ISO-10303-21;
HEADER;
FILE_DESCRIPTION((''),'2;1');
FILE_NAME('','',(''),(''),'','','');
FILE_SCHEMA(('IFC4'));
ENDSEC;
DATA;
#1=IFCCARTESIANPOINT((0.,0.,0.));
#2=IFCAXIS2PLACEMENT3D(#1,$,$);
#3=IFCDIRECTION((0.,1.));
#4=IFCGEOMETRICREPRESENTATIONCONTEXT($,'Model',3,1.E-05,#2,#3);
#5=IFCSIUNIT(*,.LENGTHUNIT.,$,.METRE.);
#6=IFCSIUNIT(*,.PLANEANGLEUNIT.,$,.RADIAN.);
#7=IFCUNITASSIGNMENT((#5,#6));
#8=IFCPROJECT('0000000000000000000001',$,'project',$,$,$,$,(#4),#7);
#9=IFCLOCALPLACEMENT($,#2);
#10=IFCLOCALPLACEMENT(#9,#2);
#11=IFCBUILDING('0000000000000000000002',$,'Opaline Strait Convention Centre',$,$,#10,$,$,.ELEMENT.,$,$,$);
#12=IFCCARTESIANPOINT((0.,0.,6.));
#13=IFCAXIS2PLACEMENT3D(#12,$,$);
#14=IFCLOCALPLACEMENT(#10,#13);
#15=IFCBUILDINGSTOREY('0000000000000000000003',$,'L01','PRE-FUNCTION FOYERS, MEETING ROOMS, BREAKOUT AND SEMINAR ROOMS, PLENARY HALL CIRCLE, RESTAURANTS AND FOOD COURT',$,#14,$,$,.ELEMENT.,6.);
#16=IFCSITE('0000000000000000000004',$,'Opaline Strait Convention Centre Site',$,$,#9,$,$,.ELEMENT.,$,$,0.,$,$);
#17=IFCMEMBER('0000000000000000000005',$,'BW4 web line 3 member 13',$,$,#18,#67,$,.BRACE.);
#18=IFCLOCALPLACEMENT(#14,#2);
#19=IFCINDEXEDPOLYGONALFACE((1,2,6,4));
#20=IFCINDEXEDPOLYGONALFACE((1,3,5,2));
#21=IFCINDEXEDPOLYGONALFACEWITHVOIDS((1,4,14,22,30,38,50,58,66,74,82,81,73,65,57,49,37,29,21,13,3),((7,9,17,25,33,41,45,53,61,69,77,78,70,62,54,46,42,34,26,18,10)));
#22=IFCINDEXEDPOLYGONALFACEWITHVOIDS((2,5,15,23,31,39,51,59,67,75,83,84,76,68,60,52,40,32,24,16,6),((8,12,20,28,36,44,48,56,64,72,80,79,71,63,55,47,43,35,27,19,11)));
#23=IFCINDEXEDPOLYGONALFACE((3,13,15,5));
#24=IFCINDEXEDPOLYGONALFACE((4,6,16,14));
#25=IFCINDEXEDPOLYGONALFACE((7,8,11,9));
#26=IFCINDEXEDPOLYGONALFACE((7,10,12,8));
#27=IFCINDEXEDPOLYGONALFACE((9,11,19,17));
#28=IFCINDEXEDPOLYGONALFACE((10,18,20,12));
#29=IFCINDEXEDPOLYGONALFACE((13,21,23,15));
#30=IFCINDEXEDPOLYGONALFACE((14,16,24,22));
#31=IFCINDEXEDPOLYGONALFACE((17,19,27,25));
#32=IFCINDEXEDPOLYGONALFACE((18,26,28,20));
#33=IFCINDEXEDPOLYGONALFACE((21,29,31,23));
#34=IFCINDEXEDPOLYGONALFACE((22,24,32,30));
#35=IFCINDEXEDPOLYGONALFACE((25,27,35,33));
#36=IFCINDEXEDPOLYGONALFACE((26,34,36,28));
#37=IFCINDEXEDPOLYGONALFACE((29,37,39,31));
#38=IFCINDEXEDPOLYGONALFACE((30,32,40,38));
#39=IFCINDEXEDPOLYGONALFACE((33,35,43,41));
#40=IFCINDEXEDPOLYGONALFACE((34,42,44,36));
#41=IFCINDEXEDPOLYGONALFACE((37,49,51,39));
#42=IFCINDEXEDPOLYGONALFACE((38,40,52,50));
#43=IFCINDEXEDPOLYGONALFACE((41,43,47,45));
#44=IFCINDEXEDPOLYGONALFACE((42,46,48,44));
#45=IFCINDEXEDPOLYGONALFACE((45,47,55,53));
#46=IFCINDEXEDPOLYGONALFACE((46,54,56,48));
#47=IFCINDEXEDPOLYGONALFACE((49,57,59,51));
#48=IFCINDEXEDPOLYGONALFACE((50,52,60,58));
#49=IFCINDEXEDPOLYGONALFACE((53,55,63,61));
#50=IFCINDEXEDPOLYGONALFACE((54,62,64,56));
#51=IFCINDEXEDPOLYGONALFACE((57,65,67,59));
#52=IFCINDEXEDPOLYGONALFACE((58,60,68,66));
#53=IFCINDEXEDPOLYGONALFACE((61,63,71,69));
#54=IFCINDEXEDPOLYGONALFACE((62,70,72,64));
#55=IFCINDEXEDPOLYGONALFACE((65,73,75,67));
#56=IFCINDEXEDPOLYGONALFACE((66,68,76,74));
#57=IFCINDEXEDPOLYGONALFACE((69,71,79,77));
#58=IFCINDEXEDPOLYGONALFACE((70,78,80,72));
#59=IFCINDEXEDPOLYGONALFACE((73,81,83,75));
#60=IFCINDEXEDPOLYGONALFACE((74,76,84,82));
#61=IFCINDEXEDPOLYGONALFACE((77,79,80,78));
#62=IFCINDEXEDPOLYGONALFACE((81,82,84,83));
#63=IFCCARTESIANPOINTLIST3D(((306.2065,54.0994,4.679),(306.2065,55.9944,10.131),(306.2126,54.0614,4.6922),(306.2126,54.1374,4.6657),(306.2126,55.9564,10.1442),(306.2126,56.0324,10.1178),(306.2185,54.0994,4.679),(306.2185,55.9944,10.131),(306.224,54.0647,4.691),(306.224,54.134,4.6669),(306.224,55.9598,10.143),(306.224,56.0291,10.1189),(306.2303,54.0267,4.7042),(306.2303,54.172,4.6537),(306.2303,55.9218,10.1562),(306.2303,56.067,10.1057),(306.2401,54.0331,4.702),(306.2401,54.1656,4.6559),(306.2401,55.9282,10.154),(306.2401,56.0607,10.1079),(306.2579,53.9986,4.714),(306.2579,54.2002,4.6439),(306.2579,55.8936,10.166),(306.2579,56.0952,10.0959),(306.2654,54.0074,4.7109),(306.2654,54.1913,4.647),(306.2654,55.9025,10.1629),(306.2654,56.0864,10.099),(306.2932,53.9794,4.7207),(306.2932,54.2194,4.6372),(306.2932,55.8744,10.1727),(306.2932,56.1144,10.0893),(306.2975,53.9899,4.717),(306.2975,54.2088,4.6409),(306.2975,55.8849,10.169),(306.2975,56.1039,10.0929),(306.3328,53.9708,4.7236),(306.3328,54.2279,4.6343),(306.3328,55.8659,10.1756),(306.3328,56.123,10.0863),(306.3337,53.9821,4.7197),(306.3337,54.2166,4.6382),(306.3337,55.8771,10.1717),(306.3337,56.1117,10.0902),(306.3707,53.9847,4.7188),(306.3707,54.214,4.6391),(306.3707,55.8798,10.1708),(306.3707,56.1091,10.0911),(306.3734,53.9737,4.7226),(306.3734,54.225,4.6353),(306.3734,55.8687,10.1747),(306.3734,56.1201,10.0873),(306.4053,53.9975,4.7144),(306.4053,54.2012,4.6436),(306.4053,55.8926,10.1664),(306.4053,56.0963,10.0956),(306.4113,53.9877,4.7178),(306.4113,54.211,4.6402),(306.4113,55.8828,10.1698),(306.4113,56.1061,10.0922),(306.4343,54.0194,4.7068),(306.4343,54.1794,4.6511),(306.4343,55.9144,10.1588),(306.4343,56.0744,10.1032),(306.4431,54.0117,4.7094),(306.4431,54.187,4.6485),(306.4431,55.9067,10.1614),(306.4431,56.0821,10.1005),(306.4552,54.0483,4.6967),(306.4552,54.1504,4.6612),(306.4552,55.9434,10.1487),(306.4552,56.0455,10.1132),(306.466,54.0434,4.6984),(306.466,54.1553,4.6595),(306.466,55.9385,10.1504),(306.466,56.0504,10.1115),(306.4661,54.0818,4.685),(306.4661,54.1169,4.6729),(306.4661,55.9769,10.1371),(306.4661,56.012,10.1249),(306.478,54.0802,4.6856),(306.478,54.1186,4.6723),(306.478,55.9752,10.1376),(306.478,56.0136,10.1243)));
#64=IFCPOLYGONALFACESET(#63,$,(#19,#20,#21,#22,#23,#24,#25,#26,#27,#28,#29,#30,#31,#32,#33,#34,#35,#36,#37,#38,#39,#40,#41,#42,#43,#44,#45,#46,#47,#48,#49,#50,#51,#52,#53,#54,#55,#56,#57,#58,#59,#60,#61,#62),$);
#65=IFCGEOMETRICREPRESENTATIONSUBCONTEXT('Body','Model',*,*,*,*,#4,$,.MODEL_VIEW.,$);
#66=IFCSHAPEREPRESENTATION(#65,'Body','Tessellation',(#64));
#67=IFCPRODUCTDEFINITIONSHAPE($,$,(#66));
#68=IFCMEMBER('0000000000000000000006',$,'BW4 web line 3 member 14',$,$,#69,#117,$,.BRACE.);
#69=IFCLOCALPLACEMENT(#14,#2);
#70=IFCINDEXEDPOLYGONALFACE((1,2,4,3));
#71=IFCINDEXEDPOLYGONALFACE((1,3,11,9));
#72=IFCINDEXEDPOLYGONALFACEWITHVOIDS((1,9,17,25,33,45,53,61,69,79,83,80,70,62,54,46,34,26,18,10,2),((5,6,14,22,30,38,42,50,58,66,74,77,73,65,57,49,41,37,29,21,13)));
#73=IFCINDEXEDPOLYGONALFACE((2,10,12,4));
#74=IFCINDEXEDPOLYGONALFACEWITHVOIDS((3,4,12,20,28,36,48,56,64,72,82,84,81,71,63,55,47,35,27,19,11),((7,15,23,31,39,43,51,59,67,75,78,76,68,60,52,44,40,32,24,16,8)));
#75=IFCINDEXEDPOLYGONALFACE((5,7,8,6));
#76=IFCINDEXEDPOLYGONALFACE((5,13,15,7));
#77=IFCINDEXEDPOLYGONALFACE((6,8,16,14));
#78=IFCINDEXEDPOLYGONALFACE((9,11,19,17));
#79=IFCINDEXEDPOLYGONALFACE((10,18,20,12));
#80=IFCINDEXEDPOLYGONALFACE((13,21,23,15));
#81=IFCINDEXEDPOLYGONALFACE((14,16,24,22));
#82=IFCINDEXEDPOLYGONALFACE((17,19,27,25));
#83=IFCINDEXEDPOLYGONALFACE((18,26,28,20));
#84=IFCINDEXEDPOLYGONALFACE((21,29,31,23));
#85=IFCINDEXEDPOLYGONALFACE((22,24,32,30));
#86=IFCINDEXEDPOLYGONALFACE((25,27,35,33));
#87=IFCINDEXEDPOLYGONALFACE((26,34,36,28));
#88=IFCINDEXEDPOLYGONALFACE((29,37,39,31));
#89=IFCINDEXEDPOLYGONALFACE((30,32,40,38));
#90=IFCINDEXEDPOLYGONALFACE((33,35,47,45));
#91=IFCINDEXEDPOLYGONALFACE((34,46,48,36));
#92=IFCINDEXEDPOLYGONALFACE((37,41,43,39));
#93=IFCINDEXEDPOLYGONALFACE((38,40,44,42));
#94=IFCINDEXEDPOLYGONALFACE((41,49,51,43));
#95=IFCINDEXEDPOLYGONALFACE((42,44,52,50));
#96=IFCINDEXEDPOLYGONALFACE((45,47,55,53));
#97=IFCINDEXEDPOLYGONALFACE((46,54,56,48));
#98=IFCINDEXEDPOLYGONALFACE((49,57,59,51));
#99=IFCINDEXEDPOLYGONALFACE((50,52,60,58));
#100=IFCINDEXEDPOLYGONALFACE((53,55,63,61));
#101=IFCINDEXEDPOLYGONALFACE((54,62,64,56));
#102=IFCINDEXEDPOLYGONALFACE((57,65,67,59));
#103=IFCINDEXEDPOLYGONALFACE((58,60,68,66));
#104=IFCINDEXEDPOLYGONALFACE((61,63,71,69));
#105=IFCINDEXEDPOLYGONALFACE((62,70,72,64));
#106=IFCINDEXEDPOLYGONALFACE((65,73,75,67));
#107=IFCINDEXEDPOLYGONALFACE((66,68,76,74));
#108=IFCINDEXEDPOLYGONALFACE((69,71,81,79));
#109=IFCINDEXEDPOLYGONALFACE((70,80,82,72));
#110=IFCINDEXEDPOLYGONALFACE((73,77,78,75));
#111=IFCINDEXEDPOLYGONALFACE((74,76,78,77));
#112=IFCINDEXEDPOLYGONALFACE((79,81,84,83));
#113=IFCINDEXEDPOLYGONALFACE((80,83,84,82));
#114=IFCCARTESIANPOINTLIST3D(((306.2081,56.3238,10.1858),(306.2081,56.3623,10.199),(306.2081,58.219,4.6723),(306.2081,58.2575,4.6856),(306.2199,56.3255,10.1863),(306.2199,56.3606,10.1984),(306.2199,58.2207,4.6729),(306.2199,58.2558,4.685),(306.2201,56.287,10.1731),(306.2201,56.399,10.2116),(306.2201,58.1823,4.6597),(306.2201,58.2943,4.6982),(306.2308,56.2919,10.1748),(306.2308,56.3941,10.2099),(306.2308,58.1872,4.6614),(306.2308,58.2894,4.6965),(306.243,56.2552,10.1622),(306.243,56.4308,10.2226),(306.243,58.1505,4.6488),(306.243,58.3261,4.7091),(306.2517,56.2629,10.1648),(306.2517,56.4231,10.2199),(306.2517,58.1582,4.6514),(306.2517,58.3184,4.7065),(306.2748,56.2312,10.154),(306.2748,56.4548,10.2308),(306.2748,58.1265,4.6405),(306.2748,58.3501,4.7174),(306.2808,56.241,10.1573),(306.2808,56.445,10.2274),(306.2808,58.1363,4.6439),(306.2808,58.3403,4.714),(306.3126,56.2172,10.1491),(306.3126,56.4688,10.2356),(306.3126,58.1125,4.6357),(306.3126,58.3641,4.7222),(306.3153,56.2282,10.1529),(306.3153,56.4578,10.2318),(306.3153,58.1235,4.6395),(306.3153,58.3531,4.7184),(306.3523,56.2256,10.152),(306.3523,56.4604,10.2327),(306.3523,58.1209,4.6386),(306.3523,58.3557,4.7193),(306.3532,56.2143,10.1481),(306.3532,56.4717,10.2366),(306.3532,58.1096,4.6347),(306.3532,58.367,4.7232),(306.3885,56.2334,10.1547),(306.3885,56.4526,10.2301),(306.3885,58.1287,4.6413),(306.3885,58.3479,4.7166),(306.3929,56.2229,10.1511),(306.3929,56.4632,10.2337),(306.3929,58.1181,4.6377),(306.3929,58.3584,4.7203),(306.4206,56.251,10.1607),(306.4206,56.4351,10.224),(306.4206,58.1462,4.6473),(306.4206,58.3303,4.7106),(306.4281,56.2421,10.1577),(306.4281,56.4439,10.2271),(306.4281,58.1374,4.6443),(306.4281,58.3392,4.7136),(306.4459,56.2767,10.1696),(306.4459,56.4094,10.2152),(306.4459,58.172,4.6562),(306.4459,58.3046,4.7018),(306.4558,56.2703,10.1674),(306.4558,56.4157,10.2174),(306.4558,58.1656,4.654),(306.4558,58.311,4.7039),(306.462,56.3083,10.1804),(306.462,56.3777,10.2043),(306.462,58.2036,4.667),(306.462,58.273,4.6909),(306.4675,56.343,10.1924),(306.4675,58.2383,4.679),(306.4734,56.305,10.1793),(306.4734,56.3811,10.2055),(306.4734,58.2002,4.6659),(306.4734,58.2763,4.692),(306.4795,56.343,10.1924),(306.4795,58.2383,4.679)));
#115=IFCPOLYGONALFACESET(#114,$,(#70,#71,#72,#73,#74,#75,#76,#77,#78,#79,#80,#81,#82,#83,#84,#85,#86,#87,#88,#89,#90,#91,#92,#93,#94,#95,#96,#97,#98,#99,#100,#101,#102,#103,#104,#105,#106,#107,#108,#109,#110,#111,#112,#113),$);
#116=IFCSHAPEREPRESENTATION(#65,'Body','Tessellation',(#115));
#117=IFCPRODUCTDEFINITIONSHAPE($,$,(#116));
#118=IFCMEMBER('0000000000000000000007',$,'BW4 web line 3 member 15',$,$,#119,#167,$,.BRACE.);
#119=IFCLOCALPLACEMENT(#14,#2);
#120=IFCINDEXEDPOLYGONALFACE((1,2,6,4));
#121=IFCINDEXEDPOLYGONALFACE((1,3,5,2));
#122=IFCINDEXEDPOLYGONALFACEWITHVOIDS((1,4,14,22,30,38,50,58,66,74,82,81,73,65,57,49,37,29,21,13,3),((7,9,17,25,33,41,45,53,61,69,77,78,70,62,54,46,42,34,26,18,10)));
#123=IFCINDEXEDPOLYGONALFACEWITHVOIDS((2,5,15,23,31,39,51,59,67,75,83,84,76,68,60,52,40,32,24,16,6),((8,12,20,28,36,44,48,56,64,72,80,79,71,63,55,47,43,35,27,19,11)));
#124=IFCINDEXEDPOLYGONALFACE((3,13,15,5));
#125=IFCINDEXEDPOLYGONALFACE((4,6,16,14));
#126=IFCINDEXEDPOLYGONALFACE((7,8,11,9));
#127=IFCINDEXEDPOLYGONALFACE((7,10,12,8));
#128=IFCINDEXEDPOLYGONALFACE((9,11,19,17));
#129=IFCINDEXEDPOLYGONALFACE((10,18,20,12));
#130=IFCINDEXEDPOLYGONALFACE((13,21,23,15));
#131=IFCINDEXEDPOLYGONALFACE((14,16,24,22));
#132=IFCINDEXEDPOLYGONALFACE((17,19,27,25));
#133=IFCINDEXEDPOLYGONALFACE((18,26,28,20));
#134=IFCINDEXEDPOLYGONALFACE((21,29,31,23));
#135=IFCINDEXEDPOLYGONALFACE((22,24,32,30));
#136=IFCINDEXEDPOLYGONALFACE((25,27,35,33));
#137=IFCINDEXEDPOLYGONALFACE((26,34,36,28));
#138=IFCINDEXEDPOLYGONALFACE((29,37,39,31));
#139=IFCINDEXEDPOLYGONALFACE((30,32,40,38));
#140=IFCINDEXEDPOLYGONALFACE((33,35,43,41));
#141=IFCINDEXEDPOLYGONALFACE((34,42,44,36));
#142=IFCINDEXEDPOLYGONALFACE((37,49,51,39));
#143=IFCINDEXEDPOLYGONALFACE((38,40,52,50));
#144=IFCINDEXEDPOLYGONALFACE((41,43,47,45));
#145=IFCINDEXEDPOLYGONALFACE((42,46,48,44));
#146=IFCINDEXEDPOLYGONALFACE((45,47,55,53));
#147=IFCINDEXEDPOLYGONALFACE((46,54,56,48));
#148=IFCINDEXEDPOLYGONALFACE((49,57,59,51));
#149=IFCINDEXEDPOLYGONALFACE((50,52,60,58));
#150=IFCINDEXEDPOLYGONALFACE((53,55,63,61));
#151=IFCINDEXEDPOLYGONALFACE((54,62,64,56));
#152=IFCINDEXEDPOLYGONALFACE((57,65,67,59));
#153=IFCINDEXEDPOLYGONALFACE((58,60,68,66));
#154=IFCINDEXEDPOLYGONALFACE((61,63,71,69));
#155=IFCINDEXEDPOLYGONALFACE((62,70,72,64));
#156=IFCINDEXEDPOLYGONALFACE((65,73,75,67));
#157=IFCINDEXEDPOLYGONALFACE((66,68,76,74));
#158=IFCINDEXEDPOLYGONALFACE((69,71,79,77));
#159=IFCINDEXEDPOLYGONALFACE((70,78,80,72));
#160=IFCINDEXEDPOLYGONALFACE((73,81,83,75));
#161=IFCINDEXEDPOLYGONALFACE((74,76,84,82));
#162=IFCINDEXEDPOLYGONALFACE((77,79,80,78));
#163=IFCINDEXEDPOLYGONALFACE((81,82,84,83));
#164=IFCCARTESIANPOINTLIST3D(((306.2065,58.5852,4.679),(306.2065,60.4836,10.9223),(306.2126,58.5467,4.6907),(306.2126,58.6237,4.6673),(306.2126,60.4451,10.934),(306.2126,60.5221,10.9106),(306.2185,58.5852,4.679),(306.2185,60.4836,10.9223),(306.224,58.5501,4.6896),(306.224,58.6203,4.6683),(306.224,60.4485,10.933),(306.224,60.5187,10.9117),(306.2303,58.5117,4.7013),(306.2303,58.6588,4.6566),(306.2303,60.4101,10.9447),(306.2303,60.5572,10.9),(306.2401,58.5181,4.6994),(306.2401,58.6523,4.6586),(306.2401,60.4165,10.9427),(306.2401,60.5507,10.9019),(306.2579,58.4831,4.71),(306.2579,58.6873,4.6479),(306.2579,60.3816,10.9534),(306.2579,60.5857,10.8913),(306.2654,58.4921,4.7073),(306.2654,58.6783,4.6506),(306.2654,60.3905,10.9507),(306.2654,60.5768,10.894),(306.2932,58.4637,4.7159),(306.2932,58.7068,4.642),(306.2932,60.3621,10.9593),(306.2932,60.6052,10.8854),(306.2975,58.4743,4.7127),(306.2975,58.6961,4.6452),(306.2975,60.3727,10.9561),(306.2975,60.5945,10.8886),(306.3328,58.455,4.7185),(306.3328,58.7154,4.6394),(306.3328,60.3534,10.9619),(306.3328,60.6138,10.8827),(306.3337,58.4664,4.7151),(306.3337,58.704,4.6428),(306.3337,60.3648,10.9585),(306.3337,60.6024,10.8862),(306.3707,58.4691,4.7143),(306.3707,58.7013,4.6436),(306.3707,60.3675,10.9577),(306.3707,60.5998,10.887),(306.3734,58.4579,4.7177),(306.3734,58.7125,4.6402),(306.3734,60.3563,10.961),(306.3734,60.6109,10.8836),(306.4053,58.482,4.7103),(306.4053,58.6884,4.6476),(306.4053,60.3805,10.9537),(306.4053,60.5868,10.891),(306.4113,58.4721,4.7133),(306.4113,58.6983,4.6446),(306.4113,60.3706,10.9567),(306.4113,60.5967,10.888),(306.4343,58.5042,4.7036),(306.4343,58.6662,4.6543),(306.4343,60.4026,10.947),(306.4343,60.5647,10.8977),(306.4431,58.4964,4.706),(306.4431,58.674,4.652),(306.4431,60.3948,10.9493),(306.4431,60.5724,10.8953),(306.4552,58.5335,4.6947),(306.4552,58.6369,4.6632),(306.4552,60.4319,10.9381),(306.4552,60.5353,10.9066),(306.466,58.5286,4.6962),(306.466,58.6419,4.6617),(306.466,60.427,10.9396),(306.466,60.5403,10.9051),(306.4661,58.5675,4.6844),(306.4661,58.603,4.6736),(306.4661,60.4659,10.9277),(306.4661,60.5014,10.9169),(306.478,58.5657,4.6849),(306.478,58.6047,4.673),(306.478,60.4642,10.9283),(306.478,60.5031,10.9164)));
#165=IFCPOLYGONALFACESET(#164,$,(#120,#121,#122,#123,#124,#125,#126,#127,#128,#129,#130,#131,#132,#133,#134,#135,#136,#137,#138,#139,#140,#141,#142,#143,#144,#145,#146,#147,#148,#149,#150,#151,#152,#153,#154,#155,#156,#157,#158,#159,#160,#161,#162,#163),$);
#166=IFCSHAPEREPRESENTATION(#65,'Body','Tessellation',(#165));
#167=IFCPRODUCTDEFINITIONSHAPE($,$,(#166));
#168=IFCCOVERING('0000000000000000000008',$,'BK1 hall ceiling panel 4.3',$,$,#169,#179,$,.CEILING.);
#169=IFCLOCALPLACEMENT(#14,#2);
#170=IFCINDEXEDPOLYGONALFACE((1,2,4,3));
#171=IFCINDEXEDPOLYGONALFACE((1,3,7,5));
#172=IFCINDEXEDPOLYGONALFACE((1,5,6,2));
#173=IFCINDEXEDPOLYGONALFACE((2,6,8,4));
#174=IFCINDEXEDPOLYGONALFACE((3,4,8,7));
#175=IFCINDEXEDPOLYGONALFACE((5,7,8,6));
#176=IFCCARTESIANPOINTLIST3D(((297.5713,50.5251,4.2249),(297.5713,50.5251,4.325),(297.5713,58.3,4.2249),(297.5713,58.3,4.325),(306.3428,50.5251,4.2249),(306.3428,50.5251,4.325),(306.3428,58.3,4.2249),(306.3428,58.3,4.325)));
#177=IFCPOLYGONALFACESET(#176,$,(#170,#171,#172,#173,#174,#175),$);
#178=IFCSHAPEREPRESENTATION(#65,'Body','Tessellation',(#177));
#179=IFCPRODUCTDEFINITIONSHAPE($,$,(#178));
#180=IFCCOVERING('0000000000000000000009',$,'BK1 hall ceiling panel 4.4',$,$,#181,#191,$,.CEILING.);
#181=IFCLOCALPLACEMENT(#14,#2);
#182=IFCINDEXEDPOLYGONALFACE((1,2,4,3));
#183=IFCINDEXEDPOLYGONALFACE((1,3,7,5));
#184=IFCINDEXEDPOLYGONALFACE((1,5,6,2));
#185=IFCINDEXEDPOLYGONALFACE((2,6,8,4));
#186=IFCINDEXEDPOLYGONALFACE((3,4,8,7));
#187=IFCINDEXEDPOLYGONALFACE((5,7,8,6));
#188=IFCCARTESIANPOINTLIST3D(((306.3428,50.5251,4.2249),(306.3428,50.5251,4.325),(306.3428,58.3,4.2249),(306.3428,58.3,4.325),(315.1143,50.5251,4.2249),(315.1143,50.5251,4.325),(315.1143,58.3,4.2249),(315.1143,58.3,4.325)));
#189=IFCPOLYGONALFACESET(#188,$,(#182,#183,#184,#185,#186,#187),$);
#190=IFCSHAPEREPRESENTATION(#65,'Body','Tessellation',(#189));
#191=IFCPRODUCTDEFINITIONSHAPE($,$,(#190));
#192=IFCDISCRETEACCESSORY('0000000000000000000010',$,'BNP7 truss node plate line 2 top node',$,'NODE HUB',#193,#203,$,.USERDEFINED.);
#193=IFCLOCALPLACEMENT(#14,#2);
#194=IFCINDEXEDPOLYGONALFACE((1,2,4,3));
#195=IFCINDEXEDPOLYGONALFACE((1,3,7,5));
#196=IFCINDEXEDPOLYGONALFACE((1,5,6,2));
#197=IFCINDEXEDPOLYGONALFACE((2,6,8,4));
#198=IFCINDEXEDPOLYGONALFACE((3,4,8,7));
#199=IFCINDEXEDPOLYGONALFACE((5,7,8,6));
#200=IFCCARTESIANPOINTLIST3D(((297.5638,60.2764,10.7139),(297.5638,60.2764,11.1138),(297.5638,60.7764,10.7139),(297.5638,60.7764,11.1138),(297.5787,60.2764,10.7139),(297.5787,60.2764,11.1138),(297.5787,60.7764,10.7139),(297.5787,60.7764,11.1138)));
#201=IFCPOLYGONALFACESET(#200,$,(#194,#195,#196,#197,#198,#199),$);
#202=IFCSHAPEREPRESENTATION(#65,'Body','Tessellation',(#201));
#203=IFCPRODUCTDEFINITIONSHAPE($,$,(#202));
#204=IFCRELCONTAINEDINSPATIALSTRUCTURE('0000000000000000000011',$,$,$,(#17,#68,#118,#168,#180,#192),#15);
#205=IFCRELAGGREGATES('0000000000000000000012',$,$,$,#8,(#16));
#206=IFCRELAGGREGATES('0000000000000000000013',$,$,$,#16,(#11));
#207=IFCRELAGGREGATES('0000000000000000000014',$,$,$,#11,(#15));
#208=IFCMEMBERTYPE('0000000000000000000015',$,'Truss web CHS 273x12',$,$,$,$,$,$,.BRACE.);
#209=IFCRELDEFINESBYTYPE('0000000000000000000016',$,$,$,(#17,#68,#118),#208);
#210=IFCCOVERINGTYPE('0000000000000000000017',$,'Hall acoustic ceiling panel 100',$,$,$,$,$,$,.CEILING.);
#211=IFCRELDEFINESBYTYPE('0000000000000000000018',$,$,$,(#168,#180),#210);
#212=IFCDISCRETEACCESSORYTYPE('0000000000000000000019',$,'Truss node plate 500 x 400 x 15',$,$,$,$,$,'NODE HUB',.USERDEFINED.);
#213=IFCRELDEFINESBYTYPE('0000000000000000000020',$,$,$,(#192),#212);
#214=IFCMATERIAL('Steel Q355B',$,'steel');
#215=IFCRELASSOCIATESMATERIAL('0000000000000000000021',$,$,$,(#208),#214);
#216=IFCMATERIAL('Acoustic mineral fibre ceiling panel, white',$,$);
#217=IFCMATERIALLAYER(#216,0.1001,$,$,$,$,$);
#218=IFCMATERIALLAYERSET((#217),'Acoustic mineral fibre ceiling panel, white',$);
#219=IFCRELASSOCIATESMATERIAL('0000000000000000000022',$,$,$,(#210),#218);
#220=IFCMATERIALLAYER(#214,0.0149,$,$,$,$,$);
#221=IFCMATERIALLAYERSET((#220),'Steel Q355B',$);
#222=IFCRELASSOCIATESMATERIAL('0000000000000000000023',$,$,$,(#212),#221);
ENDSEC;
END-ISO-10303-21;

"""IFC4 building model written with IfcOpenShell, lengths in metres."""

from ifc_helpers import new_model, si_unit, direction, frame, origin, origin_2d, place, context, subcontext, project, spatial, rectangle, hollow_circle, extrude, material, layer, layer_set, material_profile, profile_set, type_object, element, save


model = new_model("IFC4")

# Units and contexts
model_context = context("Model", 3, precision=1e-05, world=origin(), true_north=direction((0.0, 1.0)))
body_context = subcontext(model_context, "Body", "Model", "MODEL_VIEW")
ifc_project = project(units=[si_unit("LENGTHUNIT", "METRE"), si_unit("PLANEANGLEUNIT", "RADIAN")], contexts=[model_context])

# Site, building, storey
site_placement = place(None, origin())
site = spatial("IfcSite", under=ifc_project, at=site_placement, Name="Opaline Strait Convention Centre Site", CompositionType="ELEMENT", RefElevation=0.0)
building_placement = place(site_placement, origin())
building = spatial("IfcBuilding", under=site, at=building_placement, Name="Opaline Strait Convention Centre", CompositionType="ELEMENT")
storey_placement = place(building_placement, frame((0.0, 0.0, 6.0)))
storey = spatial("IfcBuildingStorey", under=building, at=storey_placement, Name="L01", Description="PRE-FUNCTION FOYERS, MEETING ROOMS, BREAKOUT AND SEMINAR ROOMS, PLENARY HALL CIRCLE, RESTAURANTS AND FOOD COURT", CompositionType="ELEMENT", Elevation=6.0)

# Members
ifc_material_1 = material(Name="Steel Q355B", Category="steel")
ifc_material_profile_1 = material_profile(ifc_material_1, hollow_circle(Radius=0.1365, WallThickness=0.012, at=origin_2d()), Name="CHS 273x12")
ifc_profile_set_1 = profile_set([ifc_material_profile_1], Name="Steel Q355B")
member_type_1 = type_object("IfcMemberType", Name="Truss web CHS 273x12", PredefinedType="BRACE", material=ifc_profile_set_1)
member_1_placement = place(storey_placement, frame((306.343, 54.0994, 4.679), z_axis=(0.0, 0.32832, 0.944566), x_axis=(-1.0, 0.0, 0.0)))
element("IfcMember", 1, at=member_1_placement, inside=storey, type_object=member_type_1, Name="BW4 web line 3 member 13", PredefinedType="BRACE", context=body_context, shape_type="SweptSolid", body=[
    extrude(hollow_circle(Radius=0.1365, WallThickness=0.012, at=origin_2d()), origin(), (0.0, 0.0, 1.0), 5.772),
])
member_2_placement = place(storey_placement, frame((306.343, 58.2383, 4.679), z_axis=(0.0, -0.325083, 0.945685), x_axis=(1.0, 0.0, 0.0)))
element("IfcMember", 2, at=member_2_placement, inside=storey, type_object=member_type_1, Name="BW4 web line 3 member 14", PredefinedType="BRACE", context=body_context, shape_type="SweptSolid", body=[
    extrude(hollow_circle(Radius=0.1365, WallThickness=0.012, at=origin_2d()), origin(), (0.0, 0.0, 1.0), 5.8301),
])
member_3_placement = place(storey_placement, frame((306.343, 58.5852, 4.679), z_axis=(0.0, 0.290919, 0.956748), x_axis=(-1.0, 0.0, 0.0)))
element("IfcMember", 3, at=member_3_placement, inside=storey, type_object=member_type_1, Name="BW4 web line 3 member 15", PredefinedType="BRACE", context=body_context, shape_type="SweptSolid", body=[
    extrude(hollow_circle(Radius=0.1365, WallThickness=0.012, at=origin_2d()), origin(), (0.0, 0.0, 1.0), 6.5256),
])

# Coverings
ifc_material_2 = material(Name="Acoustic mineral fibre ceiling panel, white")
ifc_layer_1 = layer(ifc_material_2, 0.1001)
ifc_layer_set_1 = layer_set([ifc_layer_1], Name="Acoustic mineral fibre ceiling panel, white")
covering_type = type_object("IfcCoveringType", Name="Hall acoustic ceiling panel 100", PredefinedType="CEILING", material=ifc_layer_set_1)
for number, where, z_axis, x_axis, name in (
    (4, (301.957, 54.4126, 4.2249), (0.0, 0.0, 1.0), (1.0, 0.0, 0.0), "BK1 hall ceiling panel 4.3"),
    (5, (310.7285, 54.4126, 4.2249), (0.0, 0.0, 1.0), (1.0, 0.0, 0.0), "BK1 hall ceiling panel 4.4"),
):
    element("IfcCovering", number, at=place(storey_placement, frame(where, z_axis=z_axis, x_axis=x_axis)), inside=storey, type_object=covering_type, Name=name, PredefinedType="CEILING", context=body_context, shape_type="SweptSolid", body=[
        extrude(rectangle(XDim=8.7715, YDim=7.7749, at=origin_2d()), origin(), (0.0, 0.0, 1.0), 0.1001),
    ])

# Discrete accessory
ifc_layer_2 = layer(ifc_material_1, 0.0149)
ifc_layer_set_2 = layer_set([ifc_layer_2], Name="Steel Q355B")
discrete_accessory_type_1 = type_object("IfcDiscreteAccessoryType", Name="Truss node plate 500 x 400 x 15", ElementType="NODE HUB", PredefinedType="USERDEFINED", material=ifc_layer_set_2)
discrete_accessory_placement = place(storey_placement, frame((297.5713, 60.5264, 10.7139), z_axis=(0.0, 0.0, 1.0), x_axis=(1.0, 0.0, 0.0)))
element("IfcDiscreteAccessory", 6, at=discrete_accessory_placement, inside=storey, type_object=discrete_accessory_type_1, Name="BNP7 truss node plate line 2 top node", ObjectType="NODE HUB", PredefinedType="USERDEFINED", context=body_context, shape_type="SweptSolid", body=[
    extrude(rectangle(XDim=0.0149, YDim=0.5, at=origin_2d()), origin(), (0.0, 0.0, 1.0), 0.3999),
])

save(model, "model.ifc")
